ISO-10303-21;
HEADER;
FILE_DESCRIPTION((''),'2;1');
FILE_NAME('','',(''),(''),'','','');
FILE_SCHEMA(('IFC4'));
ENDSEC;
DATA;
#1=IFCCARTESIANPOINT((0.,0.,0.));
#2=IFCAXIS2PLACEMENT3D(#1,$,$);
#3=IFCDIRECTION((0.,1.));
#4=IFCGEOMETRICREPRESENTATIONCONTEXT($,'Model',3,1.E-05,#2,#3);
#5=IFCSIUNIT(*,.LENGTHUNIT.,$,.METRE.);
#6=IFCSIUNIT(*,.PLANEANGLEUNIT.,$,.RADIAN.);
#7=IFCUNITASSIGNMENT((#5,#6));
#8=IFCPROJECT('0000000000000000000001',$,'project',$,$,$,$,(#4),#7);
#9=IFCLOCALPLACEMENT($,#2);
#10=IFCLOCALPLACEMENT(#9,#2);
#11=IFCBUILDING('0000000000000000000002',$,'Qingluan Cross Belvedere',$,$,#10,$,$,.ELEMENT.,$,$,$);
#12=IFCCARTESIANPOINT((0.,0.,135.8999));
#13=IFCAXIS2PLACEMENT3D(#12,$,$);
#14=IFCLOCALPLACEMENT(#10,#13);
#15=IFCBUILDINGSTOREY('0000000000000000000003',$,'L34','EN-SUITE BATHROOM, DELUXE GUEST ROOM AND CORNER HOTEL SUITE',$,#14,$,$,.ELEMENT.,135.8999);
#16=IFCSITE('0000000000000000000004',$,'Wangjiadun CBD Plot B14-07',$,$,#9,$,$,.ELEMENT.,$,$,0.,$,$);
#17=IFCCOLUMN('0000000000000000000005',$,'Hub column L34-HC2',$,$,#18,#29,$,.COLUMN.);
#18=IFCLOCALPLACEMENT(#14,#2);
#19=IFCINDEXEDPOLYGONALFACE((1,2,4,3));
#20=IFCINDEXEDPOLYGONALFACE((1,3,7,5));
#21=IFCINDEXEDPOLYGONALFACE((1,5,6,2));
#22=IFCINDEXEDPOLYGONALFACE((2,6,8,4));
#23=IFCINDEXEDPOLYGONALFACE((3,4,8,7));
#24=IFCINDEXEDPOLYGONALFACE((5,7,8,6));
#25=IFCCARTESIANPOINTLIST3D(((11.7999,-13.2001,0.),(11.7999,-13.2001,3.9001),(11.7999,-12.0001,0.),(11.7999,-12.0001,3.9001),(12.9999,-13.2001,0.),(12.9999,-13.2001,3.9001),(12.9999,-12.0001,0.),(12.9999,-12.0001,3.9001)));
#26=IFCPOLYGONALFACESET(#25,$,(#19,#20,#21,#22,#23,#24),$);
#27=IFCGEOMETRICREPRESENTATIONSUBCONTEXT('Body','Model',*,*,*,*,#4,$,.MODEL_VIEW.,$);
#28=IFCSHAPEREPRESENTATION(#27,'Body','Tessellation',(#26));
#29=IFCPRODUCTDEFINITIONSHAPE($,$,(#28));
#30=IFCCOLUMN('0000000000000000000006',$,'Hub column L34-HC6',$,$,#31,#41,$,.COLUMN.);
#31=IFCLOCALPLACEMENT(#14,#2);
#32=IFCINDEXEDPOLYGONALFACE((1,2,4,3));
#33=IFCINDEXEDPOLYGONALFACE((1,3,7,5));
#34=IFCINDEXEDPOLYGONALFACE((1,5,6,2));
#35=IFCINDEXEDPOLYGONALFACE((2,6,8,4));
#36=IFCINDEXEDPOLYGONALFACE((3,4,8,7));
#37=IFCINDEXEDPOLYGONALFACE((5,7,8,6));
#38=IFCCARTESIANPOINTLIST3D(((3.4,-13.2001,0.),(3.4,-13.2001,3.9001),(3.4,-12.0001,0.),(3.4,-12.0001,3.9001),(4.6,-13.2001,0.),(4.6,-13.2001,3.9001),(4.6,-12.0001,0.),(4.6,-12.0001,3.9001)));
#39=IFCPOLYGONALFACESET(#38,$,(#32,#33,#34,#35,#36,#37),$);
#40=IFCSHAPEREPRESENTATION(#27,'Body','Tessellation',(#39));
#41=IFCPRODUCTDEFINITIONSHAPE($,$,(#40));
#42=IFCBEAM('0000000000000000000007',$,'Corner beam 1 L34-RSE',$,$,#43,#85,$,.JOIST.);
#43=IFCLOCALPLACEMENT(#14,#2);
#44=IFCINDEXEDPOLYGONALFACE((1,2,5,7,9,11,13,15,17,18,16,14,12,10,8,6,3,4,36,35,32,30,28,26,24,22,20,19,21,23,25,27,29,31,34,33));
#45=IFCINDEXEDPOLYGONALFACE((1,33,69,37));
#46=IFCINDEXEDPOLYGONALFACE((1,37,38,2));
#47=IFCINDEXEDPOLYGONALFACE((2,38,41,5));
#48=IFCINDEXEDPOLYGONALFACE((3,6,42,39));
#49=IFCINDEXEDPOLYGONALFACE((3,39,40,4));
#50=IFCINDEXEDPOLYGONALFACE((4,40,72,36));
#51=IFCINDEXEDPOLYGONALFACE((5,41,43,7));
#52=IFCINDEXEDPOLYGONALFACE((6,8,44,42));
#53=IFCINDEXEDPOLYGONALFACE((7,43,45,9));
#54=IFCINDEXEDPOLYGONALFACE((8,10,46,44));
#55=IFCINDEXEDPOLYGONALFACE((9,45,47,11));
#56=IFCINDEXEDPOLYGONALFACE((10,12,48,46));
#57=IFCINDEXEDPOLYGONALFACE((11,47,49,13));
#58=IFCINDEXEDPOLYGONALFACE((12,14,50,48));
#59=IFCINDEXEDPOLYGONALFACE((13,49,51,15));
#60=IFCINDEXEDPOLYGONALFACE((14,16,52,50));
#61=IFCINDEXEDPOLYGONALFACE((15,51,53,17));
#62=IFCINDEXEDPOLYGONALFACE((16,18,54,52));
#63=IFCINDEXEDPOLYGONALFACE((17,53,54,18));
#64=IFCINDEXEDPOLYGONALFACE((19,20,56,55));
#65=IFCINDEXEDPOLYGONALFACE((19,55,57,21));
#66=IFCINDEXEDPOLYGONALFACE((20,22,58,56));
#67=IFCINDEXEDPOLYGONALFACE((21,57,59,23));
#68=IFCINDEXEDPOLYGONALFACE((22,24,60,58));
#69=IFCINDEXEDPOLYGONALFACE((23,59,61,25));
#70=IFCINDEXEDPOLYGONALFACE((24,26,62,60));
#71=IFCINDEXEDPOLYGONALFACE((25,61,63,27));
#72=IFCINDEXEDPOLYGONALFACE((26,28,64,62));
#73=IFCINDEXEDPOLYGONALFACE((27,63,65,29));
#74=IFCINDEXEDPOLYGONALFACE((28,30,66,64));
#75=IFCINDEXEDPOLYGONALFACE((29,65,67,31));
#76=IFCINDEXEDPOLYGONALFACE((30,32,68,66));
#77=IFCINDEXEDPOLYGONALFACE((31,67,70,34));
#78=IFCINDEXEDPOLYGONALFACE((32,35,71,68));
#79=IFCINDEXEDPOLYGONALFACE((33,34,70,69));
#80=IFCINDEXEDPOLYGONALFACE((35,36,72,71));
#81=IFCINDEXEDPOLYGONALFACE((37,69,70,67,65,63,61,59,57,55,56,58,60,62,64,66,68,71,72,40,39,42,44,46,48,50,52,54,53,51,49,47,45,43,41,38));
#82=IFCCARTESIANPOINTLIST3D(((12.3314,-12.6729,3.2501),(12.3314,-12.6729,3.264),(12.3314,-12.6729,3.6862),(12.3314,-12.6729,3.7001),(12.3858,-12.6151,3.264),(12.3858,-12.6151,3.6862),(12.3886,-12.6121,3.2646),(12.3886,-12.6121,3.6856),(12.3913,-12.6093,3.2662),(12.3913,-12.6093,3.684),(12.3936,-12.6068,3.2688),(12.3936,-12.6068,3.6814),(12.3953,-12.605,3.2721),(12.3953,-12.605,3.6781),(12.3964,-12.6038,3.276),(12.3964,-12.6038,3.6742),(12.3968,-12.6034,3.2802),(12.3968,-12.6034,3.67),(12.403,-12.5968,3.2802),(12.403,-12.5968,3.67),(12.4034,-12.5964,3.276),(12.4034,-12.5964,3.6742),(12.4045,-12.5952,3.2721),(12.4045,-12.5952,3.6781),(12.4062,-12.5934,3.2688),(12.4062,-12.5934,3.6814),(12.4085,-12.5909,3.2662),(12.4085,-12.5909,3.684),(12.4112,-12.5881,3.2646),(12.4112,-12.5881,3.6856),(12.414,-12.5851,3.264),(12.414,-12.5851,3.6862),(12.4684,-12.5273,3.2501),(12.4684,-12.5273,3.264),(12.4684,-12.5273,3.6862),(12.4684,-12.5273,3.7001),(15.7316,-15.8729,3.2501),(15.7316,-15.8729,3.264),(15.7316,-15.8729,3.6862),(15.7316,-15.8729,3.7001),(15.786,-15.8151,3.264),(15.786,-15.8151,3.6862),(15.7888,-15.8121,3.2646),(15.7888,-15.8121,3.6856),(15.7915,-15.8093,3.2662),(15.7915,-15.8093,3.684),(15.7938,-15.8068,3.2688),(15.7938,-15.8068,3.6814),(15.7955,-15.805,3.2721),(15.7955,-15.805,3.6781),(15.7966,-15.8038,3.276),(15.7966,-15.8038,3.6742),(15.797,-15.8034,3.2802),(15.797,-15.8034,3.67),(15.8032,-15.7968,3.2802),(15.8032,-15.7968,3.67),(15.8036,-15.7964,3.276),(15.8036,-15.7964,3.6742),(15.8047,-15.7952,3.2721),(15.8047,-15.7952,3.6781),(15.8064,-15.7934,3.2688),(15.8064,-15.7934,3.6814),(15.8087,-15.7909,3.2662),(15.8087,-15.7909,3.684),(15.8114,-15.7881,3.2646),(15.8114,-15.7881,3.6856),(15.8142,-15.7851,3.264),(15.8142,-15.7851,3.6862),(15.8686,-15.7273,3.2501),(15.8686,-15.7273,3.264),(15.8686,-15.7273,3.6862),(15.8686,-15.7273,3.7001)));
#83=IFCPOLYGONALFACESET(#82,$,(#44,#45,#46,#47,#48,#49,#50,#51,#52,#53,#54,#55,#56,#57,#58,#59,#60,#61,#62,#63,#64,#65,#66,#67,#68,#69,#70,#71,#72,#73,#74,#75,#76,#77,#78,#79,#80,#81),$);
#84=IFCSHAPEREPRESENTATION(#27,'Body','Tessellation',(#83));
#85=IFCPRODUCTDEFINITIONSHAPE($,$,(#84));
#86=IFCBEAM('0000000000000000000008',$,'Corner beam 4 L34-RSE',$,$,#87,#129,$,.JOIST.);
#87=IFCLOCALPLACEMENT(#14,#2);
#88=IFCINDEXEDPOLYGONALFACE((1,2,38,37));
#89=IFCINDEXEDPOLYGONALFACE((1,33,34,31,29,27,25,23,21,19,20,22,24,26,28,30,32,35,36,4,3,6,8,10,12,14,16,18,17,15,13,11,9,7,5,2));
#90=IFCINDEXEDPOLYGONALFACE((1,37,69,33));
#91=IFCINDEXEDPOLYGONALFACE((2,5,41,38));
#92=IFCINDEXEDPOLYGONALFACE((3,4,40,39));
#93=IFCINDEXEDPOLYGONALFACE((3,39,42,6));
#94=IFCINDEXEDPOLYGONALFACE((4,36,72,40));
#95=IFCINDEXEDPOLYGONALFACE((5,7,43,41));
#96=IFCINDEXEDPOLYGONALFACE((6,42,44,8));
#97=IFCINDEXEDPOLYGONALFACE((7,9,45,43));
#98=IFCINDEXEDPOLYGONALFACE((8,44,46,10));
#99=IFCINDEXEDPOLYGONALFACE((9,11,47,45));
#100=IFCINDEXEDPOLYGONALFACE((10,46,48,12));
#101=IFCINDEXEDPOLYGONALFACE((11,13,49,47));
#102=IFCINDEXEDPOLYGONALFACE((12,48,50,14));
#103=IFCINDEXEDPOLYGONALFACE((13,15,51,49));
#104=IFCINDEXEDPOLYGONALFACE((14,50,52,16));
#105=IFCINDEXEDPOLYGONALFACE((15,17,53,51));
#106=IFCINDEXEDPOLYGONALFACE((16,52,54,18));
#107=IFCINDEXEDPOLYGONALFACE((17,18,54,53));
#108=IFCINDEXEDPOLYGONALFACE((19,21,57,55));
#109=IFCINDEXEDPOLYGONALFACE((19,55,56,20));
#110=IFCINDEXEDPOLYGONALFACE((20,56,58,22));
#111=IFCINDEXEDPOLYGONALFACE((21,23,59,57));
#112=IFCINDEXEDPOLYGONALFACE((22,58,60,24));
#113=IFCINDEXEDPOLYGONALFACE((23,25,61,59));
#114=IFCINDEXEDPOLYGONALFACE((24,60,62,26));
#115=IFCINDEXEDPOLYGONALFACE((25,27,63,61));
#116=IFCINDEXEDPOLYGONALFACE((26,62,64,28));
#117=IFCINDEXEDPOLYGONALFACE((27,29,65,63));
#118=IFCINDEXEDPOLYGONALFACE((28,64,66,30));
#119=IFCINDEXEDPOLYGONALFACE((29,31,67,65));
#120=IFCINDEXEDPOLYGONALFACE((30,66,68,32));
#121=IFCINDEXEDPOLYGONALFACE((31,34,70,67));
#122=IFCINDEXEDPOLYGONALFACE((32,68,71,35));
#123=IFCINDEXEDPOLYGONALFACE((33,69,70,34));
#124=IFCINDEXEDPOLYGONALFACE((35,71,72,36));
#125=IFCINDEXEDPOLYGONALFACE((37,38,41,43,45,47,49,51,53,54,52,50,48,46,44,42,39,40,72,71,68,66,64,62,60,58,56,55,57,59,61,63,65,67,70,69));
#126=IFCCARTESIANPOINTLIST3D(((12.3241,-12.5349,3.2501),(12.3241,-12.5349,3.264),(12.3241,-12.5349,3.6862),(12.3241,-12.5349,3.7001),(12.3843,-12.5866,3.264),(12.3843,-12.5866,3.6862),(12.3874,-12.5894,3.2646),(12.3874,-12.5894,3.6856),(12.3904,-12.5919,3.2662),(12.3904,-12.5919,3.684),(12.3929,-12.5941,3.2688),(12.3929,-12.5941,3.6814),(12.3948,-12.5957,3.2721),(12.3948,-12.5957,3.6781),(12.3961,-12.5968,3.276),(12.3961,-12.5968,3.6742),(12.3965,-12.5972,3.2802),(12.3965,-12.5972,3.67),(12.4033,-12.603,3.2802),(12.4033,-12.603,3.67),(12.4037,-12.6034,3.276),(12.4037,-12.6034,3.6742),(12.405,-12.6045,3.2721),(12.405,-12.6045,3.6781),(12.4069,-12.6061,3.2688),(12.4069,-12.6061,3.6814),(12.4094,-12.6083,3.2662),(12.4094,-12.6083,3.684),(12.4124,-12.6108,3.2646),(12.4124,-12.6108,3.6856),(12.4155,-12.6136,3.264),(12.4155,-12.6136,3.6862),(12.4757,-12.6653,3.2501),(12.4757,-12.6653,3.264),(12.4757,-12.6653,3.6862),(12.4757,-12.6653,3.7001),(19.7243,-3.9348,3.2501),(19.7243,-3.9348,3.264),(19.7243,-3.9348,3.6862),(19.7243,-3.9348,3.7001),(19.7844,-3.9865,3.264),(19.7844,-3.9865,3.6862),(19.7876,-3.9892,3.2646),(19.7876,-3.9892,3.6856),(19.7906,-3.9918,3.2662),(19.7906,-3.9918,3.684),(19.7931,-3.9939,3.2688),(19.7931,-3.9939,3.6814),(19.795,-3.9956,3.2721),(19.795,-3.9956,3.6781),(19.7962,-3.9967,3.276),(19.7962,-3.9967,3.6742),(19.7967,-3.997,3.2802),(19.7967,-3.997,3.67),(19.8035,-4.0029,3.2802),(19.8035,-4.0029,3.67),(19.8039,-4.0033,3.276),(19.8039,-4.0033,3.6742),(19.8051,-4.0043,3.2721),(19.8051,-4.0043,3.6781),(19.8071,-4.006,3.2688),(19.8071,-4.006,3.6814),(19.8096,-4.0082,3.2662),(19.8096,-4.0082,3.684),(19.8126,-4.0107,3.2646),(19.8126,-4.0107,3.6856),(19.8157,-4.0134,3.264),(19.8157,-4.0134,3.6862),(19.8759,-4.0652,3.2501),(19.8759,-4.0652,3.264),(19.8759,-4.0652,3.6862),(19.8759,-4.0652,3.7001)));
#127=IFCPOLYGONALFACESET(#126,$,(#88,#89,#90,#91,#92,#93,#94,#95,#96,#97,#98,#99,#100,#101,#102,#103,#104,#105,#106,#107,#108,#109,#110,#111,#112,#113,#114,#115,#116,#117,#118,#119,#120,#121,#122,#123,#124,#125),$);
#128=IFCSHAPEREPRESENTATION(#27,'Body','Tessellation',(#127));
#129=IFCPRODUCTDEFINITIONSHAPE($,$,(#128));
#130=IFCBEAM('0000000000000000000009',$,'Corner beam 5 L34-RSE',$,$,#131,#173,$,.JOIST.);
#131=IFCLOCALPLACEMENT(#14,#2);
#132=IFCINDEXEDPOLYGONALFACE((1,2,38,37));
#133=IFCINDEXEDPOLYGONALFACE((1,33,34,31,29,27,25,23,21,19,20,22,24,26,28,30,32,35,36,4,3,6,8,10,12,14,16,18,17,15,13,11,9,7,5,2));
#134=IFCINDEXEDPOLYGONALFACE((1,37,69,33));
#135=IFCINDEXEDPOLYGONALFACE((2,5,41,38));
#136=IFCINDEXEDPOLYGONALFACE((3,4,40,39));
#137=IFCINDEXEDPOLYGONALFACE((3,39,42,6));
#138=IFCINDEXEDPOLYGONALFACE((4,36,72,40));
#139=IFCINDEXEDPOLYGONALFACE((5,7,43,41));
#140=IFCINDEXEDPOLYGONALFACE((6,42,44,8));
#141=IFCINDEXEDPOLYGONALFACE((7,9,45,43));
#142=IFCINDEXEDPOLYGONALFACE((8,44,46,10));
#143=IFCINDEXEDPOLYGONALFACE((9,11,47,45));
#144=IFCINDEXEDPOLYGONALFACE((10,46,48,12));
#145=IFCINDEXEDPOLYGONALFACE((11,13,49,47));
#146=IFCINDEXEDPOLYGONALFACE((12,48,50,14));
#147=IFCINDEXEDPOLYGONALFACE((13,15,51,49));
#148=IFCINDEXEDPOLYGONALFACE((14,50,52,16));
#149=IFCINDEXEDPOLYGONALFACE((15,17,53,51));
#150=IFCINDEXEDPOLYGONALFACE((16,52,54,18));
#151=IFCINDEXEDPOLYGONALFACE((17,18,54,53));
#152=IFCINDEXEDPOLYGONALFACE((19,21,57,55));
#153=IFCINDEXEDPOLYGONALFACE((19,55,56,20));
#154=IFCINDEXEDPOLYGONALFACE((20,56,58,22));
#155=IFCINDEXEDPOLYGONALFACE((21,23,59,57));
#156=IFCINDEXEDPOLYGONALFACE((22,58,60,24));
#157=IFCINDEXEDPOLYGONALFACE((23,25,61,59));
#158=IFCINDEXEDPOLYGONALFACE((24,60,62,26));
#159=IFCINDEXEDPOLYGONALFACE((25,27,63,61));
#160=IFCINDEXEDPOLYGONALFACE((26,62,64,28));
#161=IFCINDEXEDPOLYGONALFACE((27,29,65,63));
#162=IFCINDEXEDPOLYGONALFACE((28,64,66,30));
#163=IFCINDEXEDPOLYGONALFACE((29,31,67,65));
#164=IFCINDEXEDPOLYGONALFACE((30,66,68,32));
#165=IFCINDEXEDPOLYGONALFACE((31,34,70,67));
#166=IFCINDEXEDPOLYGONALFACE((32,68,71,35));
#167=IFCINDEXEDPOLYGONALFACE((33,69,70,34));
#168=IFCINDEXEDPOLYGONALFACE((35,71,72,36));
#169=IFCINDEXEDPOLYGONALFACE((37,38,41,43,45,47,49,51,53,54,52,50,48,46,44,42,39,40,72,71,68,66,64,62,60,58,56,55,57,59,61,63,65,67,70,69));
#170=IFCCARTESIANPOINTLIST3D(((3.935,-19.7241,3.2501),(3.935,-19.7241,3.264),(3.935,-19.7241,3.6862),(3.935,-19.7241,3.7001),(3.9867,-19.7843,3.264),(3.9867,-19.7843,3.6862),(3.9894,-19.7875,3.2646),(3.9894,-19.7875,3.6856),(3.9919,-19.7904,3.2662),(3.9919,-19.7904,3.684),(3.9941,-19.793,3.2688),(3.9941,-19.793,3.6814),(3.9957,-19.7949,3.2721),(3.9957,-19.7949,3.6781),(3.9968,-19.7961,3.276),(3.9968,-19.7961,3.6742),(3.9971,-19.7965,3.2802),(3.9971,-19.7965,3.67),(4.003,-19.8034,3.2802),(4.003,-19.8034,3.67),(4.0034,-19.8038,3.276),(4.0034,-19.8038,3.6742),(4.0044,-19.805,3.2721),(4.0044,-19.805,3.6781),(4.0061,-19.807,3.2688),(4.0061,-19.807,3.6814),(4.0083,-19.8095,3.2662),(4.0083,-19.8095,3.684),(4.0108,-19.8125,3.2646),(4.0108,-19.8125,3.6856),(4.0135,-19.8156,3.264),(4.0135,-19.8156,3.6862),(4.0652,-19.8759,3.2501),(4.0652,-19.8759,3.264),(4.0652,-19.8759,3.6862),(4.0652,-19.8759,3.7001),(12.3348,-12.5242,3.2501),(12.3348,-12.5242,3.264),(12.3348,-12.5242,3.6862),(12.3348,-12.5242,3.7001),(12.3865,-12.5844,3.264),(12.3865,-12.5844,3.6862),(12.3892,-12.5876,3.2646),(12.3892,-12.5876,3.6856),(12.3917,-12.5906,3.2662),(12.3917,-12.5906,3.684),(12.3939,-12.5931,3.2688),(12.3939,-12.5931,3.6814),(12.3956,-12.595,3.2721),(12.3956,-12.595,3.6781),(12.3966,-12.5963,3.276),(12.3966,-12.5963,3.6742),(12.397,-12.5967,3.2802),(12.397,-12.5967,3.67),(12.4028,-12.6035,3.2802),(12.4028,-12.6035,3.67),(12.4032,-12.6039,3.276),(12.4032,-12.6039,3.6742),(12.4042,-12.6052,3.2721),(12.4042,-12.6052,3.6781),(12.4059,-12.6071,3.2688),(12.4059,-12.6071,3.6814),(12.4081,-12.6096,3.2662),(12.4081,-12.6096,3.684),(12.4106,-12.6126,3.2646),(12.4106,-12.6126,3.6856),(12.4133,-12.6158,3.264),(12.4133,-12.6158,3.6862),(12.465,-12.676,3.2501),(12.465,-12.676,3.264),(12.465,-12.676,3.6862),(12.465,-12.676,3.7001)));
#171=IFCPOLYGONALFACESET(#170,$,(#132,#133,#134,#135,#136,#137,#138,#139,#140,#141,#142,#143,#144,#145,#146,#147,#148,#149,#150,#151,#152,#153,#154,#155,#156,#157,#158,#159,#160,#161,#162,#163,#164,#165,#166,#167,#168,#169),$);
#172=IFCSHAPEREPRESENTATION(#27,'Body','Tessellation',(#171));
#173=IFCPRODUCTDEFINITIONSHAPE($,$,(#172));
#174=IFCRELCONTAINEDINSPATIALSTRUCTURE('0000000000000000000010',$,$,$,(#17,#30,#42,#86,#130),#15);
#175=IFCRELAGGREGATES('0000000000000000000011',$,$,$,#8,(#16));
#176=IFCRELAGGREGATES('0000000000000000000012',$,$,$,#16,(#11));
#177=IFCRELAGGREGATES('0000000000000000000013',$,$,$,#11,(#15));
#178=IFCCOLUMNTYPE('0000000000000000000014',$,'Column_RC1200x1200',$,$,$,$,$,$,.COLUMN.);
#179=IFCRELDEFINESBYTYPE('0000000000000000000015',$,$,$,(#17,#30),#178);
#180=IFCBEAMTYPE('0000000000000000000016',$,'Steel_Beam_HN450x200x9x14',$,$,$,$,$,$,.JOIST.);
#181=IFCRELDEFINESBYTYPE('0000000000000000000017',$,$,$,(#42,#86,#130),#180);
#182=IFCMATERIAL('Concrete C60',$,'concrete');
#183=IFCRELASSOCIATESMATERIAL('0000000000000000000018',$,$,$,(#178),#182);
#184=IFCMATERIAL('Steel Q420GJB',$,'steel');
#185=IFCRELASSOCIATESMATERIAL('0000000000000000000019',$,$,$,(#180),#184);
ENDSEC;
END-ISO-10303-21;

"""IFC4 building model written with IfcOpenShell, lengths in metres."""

from ifc_helpers import new_model, si_unit, direction, frame, origin, origin_2d, place, context, subcontext, project, spatial, rectangle, i_section, extrude, material, material_profile, profile_set, type_object, element, save


model = new_model("IFC4")

# Units and contexts
model_context = context("Model", 3, precision=1e-05, world=origin(), true_north=direction((0.0, 1.0)))
body_context = subcontext(model_context, "Body", "Model", "MODEL_VIEW")
ifc_project = project(units=[si_unit("LENGTHUNIT", "METRE"), si_unit("PLANEANGLEUNIT", "RADIAN")], contexts=[model_context])

# Site, building, storey
site_placement = place(None, origin())
site = spatial("IfcSite", under=ifc_project, at=site_placement, Name="Wangjiadun CBD Plot B14-07", CompositionType="ELEMENT", RefElevation=0.0)
building_placement = place(site_placement, origin())
building = spatial("IfcBuilding", under=site, at=building_placement, Name="Qingluan Cross Belvedere", CompositionType="ELEMENT")
storey_placement = place(building_placement, frame((0.0, 0.0, 135.8999)))
storey = spatial("IfcBuildingStorey", under=building, at=storey_placement, Name="L34", Description="EN-SUITE BATHROOM, DELUXE GUEST ROOM AND CORNER HOTEL SUITE", CompositionType="ELEMENT", Elevation=135.8999)

# Columns
ifc_material_1 = material(Name="Concrete C60", Category="concrete")
ifc_material_profile_1 = material_profile(ifc_material_1, rectangle(XDim=1.2, YDim=1.2, at=origin_2d()), Name="RC1200x1200")
ifc_profile_set_1 = profile_set([ifc_material_profile_1], Name="Concrete C60")
column_type = type_object("IfcColumnType", Name="Column_RC1200x1200", PredefinedType="COLUMN", material=ifc_profile_set_1)
for number, where, z_axis, x_axis, name in (
    (1, (12.3999, -12.6001, 0.0), (0.0, 0.0, 1.0), (1.0, 0.0, 0.0), "Hub column L34-HC2"),
    (2, (4.0, -12.6001, 0.0), (0.0, 0.0, 1.0), (1.0, 0.0, 0.0), "Hub column L34-HC6"),
):
    element("IfcColumn", number, at=place(storey_placement, frame(where, z_axis=z_axis, x_axis=x_axis)), inside=storey, type_object=column_type, Name=name, PredefinedType="COLUMN", context=body_context, shape_type="SweptSolid", body=[
        extrude(rectangle(XDim=1.2, YDim=1.2, at=origin_2d()), origin(), (0.0, 0.0, 1.0), 3.9001),
    ])

# Beams
ifc_material_2 = material(Name="Steel Q420GJB", Category="steel")
ifc_material_profile_2 = material_profile(ifc_material_2, i_section(OverallWidth=0.2, OverallDepth=0.45, WebThickness=0.009, FlangeThickness=0.0139, FilletRadius=0.0161, at=origin_2d()), Name="HN450x200x9x14")
ifc_profile_set_2 = profile_set([ifc_material_profile_2], Name="Steel Q420GJB")
beam_type_1 = type_object("IfcBeamType", Name="Steel_Beam_HN450x200x9x14", PredefinedType="JOIST", material=ifc_profile_set_2)
beam_1_placement = place(storey_placement, frame((12.3999, -12.6001, 3.4751), z_axis=(0.72822, -0.685343, 0.0), x_axis=(0.685343, 0.72822, 0.0)))
element("IfcBeam", 3, at=beam_1_placement, inside=storey, type_object=beam_type_1, Name="Corner beam 1 L34-RSE", PredefinedType="JOIST", context=body_context, shape_type="SweptSolid", body=[
    extrude(i_section(OverallWidth=0.2, OverallDepth=0.45, WebThickness=0.009, FlangeThickness=0.0139, FilletRadius=0.0161, at=origin_2d()), origin(), (0.0, 0.0, 1.0), 4.6692),
])
beam_2_placement = place(storey_placement, frame((12.3999, -12.6001, 3.4751), z_axis=(0.652245, 0.758008, 0.0), x_axis=(-0.758008, 0.652245, 0.0)))
element("IfcBeam", 4, at=beam_2_placement, inside=storey, type_object=beam_type_1, Name="Corner beam 4 L34-RSE", PredefinedType="JOIST", context=body_context, shape_type="SweptSolid", body=[
    extrude(i_section(OverallWidth=0.2, OverallDepth=0.45, WebThickness=0.009, FlangeThickness=0.0139, FilletRadius=0.0161, at=origin_2d()), origin(), (0.0, 0.0, 1.0), 11.3457),
])
beam_3_placement = place(storey_placement, frame((12.3999, -12.6001, 3.4751), z_axis=(-0.759255, -0.650793, 0.0), x_axis=(0.650793, -0.759255, 0.0)))
element("IfcBeam", 5, at=beam_3_placement, inside=storey, type_object=beam_type_1, Name="Corner beam 5 L34-RSE", PredefinedType="JOIST", context=body_context, shape_type="SweptSolid", body=[
    extrude(i_section(OverallWidth=0.2, OverallDepth=0.45, WebThickness=0.009, FlangeThickness=0.0139, FilletRadius=0.0161, at=origin_2d()), origin(), (0.0, 0.0, 1.0), 11.0632),
])

save(model, "model.ifc")
